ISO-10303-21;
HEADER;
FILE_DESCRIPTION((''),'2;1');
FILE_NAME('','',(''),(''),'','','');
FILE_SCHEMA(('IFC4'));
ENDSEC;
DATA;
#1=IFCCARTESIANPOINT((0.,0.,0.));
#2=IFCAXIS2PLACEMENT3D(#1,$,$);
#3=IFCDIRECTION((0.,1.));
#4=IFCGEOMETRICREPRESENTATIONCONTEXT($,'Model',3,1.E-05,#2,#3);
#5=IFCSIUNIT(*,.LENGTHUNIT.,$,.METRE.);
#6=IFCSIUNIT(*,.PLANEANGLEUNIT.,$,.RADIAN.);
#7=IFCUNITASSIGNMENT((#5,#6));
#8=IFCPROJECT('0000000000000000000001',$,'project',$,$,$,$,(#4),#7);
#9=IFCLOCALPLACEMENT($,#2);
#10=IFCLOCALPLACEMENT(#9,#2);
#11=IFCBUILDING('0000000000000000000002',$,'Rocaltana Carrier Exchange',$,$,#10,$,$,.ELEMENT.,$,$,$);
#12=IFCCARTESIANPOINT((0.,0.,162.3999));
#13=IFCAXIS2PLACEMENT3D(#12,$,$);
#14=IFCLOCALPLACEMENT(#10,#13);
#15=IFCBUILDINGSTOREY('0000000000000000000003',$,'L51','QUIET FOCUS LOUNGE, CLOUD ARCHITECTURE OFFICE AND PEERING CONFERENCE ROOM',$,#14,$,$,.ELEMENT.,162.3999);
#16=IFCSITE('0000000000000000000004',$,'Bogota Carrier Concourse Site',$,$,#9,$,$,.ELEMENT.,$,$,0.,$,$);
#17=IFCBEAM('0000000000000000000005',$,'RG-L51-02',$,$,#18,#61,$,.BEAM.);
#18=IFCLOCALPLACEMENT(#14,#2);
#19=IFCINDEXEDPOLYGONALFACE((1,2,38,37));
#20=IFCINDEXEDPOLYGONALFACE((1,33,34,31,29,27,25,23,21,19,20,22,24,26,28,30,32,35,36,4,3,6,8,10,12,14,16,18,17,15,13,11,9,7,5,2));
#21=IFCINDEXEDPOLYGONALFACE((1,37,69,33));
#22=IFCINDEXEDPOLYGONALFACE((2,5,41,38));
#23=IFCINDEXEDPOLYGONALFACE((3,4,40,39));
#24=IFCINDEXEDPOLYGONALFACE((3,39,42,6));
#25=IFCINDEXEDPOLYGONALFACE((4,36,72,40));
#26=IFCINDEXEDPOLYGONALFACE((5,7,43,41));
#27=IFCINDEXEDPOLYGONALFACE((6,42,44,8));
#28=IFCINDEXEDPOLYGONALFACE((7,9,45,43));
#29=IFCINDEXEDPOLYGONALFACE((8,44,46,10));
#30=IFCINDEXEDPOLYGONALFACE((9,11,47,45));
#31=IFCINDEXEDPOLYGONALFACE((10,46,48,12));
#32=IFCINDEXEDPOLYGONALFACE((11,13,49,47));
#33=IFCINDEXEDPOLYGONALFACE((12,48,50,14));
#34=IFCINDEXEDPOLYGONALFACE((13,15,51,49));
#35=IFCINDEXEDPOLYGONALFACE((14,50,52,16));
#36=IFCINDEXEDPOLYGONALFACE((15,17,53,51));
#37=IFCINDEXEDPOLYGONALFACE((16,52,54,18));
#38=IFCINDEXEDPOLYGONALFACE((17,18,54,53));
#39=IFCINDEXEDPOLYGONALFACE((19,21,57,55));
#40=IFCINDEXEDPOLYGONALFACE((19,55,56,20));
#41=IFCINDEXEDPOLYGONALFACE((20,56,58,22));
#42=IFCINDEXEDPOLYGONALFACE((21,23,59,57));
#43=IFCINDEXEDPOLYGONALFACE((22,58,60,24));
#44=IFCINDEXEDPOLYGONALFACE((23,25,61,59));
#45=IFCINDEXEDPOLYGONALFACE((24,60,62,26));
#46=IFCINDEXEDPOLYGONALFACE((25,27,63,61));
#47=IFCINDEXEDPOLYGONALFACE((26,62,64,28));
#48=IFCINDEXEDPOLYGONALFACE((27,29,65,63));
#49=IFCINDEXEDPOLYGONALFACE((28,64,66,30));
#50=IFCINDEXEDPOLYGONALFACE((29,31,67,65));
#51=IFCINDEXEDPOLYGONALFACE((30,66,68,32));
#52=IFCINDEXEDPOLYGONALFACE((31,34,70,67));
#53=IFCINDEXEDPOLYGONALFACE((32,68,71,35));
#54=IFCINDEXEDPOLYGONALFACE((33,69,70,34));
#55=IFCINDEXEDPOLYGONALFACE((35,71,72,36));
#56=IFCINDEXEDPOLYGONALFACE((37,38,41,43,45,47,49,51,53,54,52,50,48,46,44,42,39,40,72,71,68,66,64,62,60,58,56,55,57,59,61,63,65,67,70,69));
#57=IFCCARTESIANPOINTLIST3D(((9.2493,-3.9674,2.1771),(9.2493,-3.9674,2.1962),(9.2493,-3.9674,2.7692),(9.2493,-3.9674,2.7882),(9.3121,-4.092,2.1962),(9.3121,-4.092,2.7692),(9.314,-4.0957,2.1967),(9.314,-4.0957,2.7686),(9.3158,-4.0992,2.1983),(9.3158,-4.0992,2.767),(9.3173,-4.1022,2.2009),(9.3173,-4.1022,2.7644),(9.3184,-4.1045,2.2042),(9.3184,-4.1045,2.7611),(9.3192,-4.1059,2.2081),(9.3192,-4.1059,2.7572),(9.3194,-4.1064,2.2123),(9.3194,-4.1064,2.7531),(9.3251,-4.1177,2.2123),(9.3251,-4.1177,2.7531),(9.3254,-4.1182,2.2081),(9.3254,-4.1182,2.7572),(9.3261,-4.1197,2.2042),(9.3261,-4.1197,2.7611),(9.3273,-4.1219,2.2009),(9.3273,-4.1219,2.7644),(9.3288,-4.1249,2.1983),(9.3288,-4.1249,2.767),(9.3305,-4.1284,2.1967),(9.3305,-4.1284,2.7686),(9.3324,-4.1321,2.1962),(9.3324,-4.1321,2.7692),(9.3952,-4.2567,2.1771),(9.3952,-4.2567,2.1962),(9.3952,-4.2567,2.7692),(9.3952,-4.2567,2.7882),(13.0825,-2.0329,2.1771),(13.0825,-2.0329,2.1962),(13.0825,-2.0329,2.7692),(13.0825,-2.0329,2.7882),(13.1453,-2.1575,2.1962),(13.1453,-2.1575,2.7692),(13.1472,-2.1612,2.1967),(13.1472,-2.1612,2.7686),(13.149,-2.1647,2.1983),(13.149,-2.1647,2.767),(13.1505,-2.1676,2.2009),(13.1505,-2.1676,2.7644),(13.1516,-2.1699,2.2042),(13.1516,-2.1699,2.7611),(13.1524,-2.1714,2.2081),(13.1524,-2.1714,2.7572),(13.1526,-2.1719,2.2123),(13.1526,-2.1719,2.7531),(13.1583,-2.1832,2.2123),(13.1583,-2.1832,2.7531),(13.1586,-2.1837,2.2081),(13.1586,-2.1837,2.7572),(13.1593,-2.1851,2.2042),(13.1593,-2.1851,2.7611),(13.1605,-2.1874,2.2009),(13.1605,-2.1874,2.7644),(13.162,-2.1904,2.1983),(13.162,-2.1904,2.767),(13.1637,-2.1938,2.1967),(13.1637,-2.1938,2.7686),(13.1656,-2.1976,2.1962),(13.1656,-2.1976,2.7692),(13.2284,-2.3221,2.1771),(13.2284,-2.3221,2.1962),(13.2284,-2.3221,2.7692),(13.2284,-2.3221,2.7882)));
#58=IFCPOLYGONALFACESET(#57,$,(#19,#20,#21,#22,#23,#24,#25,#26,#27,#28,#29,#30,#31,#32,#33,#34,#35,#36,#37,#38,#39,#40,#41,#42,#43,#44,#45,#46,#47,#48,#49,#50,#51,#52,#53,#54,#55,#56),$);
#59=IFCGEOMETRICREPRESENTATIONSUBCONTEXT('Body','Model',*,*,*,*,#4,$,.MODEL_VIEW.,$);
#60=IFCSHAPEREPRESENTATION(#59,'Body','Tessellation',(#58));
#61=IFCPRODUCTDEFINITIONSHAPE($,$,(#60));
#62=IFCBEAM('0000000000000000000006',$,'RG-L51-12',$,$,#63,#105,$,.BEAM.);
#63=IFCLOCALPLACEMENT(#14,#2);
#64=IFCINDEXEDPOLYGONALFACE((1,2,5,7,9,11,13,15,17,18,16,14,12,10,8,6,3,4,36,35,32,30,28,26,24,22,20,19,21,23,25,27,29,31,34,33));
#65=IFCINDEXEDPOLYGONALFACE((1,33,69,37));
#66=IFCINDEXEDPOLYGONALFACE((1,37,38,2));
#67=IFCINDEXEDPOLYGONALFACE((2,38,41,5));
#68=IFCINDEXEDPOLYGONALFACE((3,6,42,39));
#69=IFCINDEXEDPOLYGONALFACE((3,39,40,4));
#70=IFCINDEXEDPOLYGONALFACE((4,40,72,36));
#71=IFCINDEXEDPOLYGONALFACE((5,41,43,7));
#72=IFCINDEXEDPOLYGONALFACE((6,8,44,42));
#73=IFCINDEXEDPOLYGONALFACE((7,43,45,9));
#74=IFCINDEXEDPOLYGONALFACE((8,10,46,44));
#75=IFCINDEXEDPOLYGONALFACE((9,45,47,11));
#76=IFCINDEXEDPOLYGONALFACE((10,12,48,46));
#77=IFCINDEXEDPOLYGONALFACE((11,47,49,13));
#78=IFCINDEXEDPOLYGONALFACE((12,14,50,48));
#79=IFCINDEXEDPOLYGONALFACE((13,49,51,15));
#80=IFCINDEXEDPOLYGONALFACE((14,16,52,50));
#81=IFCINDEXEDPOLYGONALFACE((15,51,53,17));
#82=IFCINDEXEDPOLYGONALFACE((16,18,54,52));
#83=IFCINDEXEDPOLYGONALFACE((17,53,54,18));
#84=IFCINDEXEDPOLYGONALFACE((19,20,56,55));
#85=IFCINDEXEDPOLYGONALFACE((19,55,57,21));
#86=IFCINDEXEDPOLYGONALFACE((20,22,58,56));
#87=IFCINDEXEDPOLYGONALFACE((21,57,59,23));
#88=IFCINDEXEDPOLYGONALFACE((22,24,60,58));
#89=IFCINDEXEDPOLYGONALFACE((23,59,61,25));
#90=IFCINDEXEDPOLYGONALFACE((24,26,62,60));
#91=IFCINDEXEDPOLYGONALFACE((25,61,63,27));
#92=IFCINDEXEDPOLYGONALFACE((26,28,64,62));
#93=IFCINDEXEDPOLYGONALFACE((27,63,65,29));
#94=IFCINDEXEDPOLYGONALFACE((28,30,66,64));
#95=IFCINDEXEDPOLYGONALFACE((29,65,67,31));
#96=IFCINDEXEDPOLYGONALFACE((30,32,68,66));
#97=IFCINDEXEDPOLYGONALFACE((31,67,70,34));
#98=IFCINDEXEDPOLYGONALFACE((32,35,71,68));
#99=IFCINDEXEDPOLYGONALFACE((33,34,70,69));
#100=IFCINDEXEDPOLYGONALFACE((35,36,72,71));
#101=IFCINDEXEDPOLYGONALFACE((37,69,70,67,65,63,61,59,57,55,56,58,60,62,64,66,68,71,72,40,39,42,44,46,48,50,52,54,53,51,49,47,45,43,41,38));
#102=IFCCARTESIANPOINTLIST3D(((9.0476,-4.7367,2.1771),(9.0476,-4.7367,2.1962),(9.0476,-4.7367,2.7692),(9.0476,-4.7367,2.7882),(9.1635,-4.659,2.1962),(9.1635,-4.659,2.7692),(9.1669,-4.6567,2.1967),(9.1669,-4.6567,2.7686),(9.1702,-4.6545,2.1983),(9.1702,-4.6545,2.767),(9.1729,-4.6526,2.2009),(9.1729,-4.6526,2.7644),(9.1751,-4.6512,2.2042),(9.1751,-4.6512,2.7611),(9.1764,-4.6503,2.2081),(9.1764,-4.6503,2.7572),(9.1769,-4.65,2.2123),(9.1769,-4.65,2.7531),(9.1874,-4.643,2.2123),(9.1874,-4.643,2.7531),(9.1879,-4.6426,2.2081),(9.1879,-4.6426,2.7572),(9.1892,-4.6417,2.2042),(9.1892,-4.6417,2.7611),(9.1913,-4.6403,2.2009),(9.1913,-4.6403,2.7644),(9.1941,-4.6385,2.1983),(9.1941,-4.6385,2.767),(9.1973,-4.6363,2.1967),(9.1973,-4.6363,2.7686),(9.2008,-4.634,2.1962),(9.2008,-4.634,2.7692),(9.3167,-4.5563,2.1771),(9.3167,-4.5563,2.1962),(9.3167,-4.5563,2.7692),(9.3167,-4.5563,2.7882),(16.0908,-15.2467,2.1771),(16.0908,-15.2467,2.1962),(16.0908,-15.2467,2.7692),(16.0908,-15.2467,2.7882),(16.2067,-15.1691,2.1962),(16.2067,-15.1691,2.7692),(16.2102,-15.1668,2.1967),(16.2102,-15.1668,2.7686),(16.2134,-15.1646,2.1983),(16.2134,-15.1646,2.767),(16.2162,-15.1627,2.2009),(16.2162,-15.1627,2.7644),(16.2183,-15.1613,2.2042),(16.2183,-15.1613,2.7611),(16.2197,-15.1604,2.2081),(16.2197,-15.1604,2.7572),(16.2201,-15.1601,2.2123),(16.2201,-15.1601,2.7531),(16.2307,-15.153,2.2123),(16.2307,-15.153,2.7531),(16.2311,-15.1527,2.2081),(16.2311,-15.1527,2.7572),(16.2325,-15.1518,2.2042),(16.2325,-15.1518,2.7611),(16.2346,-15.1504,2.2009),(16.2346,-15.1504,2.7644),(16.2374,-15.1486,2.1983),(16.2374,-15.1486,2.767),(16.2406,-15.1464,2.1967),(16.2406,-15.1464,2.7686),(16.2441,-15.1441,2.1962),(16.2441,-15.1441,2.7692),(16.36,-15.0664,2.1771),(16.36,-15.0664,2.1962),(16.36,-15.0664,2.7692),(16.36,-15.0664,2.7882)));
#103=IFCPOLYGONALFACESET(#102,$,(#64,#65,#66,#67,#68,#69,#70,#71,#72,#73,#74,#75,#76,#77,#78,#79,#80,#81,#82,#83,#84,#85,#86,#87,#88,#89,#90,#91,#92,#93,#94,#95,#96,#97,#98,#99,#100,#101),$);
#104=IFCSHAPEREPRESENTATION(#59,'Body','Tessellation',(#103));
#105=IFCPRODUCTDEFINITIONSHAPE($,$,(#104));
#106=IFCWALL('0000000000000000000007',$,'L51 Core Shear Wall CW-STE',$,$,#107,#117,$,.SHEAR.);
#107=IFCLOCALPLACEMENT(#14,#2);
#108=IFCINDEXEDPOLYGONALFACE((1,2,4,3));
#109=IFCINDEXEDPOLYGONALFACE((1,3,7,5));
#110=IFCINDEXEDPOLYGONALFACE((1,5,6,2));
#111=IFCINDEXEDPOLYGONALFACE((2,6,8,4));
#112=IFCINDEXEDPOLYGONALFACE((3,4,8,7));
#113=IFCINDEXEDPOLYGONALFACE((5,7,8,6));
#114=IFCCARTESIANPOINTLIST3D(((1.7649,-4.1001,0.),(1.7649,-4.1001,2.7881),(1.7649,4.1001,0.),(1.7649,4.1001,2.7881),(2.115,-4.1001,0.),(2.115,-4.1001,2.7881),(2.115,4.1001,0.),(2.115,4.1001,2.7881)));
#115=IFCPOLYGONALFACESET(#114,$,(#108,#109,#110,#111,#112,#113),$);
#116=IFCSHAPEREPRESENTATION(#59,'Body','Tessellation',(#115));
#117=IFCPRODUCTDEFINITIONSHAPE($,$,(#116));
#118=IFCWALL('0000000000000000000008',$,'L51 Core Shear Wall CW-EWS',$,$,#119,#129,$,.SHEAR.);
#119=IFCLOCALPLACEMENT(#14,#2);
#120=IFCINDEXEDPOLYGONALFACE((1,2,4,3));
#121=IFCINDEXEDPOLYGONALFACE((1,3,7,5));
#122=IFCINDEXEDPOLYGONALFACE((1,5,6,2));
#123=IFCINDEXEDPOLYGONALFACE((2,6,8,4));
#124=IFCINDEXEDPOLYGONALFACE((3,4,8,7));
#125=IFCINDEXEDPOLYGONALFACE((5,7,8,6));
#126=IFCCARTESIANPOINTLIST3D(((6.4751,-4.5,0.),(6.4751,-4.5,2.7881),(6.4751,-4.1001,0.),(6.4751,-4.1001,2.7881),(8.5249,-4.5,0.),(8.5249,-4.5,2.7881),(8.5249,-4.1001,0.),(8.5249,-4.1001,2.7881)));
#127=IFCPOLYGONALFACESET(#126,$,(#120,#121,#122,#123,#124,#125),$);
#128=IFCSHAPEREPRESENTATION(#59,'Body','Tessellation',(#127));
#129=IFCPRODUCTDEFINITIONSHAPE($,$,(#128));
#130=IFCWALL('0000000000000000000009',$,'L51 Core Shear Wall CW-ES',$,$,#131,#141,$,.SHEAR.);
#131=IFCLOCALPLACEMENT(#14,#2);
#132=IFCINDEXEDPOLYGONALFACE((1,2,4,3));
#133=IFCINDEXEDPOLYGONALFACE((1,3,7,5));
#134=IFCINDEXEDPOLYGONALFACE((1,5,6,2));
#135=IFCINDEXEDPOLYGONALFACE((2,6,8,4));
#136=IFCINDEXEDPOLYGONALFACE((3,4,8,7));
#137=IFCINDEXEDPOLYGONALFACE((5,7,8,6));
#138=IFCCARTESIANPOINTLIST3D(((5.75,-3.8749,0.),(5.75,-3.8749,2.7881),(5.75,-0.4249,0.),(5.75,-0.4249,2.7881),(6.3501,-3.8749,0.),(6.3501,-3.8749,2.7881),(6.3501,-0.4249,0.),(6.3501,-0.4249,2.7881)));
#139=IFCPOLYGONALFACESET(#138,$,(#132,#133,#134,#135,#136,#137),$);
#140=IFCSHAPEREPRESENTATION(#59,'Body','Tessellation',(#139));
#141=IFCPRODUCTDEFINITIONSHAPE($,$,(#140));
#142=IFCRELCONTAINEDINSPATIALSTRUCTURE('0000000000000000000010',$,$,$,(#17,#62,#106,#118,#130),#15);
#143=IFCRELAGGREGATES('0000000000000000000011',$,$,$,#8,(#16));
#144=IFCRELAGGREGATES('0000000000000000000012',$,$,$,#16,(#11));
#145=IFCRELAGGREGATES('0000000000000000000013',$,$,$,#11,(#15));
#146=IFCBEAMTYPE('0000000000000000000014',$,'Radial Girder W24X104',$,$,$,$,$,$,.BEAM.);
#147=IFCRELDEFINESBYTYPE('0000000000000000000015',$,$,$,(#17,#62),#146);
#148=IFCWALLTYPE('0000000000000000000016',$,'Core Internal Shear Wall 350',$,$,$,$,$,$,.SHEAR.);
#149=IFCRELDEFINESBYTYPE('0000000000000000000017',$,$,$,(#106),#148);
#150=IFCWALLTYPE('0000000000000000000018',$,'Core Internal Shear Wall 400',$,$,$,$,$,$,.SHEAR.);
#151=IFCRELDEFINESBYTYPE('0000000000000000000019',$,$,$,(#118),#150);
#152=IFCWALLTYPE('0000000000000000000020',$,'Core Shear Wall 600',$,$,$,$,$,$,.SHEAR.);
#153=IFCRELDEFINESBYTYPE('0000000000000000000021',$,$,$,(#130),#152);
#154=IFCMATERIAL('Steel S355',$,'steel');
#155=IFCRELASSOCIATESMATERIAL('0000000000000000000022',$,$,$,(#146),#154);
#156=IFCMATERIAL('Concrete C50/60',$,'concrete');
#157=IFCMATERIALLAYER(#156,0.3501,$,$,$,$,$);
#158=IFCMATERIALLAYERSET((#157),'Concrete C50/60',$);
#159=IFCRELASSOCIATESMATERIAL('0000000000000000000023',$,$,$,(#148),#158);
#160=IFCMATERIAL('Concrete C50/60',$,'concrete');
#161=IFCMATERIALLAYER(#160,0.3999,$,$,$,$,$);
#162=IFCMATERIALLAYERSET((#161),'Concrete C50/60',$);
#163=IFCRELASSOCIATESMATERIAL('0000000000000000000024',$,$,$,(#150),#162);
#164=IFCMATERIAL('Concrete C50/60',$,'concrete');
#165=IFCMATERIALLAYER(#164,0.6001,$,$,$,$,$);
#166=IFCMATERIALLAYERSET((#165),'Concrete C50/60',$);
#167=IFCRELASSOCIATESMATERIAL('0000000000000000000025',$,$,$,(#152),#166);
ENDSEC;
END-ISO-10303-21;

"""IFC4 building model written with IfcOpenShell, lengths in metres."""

from ifc_helpers import new_model, si_unit, direction, frame, frame_2d, origin, origin_2d, place, context, subcontext, project, spatial, rectangle, i_section, extrude, material, layer, layer_set, material_profile, profile_set, type_object, element, save


model = new_model("IFC4")

# Units and contexts
model_context = context("Model", 3, precision=1e-05, world=origin(), true_north=direction((0.0, 1.0)))
body_context = subcontext(model_context, "Body", "Model", "MODEL_VIEW")
ifc_project = project(units=[si_unit("LENGTHUNIT", "METRE"), si_unit("PLANEANGLEUNIT", "RADIAN")], contexts=[model_context])

# Site, building, storey
site_placement = place(None, origin())
site = spatial("IfcSite", under=ifc_project, at=site_placement, Name="Bogota Carrier Concourse Site", CompositionType="ELEMENT", RefElevation=0.0)
building_placement = place(site_placement, origin())
building = spatial("IfcBuilding", under=site, at=building_placement, Name="Rocaltana Carrier Exchange", CompositionType="ELEMENT")
storey_placement = place(building_placement, frame((0.0, 0.0, 162.3999)))
storey = spatial("IfcBuildingStorey", under=building, at=storey_placement, Name="L51", Description="QUIET FOCUS LOUNGE, CLOUD ARCHITECTURE OFFICE AND PEERING CONFERENCE ROOM", CompositionType="ELEMENT", Elevation=162.3999)

# Beams
ifc_material_1 = material(Name="Steel S355", Category="steel")
ifc_material_profile_1 = material_profile(ifc_material_1, i_section(OverallWidth=0.324, OverallDepth=0.6111, WebThickness=0.0127, FlangeThickness=0.019, FilletRadius=0.0161, at=origin_2d()), Name="W24X104")
ifc_profile_set_1 = profile_set([ifc_material_profile_1], Name="Steel S355")
beam_type = type_object("IfcBeamType", Name="Radial Girder W24X104", PredefinedType="BEAM", material=ifc_profile_set_1)
beam_1_placement = place(storey_placement, frame((9.3223, -4.1121, 2.4827), z_axis=(0.892749, 0.450554, 0.0), x_axis=(-0.450554, 0.892749, 0.0)))
element("IfcBeam", 1, at=beam_1_placement, inside=storey, type_object=beam_type, Name="RG-L51-02", PredefinedType="BEAM", context=body_context, shape_type="SweptSolid", body=[
    extrude(i_section(OverallWidth=0.324, OverallDepth=0.6111, WebThickness=0.0127, FlangeThickness=0.019, FilletRadius=0.0161, at=origin_2d()), origin(), (0.0, 0.0, 1.0), 4.2937),
])
beam_2_placement = place(storey_placement, frame((9.1821, -4.6465, 2.4827), z_axis=(0.556698, -0.830715, 0.0), x_axis=(0.830715, 0.556698, 0.0)))
element("IfcBeam", 2, at=beam_2_placement, inside=storey, type_object=beam_type, Name="RG-L51-12", PredefinedType="BEAM", context=body_context, shape_type="SweptSolid", body=[
    extrude(i_section(OverallWidth=0.324, OverallDepth=0.6111, WebThickness=0.0127, FlangeThickness=0.019, FilletRadius=0.0161, at=origin_2d()), origin(), (0.0, 0.0, 1.0), 12.6519),
])

# Walls
ifc_material_2 = material(Name="Concrete C50/60", Category="concrete")
ifc_layer_1 = layer(ifc_material_2, 0.3501)
ifc_layer_set_1 = layer_set([ifc_layer_1], Name="Concrete C50/60")
wall_type_1 = type_object("IfcWallType", Name="Core Internal Shear Wall 350", PredefinedType="SHEAR", material=ifc_layer_set_1)
wall_1_placement = place(storey_placement, frame((1.9399, -4.1001, 0.0), z_axis=(0.0, 0.0, 1.0), x_axis=(0.0, 1.0, 0.0)))
element("IfcWall", 3, at=wall_1_placement, inside=storey, type_object=wall_type_1, Name="L51 Core Shear Wall CW-STE", PredefinedType="SHEAR", context=body_context, shape_type="SweptSolid", body=[
    extrude(rectangle(XDim=8.2002, YDim=0.3501, at=frame_2d((4.1001, 0.0))), origin(), (0.0, 0.0, 1.0), 2.7881),
])
ifc_material_3 = material(Name="Concrete C50/60", Category="concrete")
ifc_layer_2 = layer(ifc_material_3, 0.3999)
ifc_layer_set_2 = layer_set([ifc_layer_2], Name="Concrete C50/60")
wall_type_2 = type_object("IfcWallType", Name="Core Internal Shear Wall 400", PredefinedType="SHEAR", material=ifc_layer_set_2)
wall_2_placement = place(storey_placement, frame((6.4751, -4.3, 0.0), z_axis=(0.0, 0.0, 1.0), x_axis=(1.0, 0.0, 0.0)))
element("IfcWall", 4, at=wall_2_placement, inside=storey, type_object=wall_type_2, Name="L51 Core Shear Wall CW-EWS", PredefinedType="SHEAR", context=body_context, shape_type="SweptSolid", body=[
    extrude(rectangle(XDim=2.0498, YDim=0.3999, at=frame_2d((1.0249, 0.0))), origin(), (0.0, 0.0, 1.0), 2.7881),
])
ifc_material_4 = material(Name="Concrete C50/60", Category="concrete")
ifc_layer_3 = layer(ifc_material_4, 0.6001)
ifc_layer_set_3 = layer_set([ifc_layer_3], Name="Concrete C50/60")
wall_type_3 = type_object("IfcWallType", Name="Core Shear Wall 600", PredefinedType="SHEAR", material=ifc_layer_set_3)
wall_3_placement = place(storey_placement, frame((6.05, -3.875, 0.0), z_axis=(0.0, 0.0, 1.0), x_axis=(0.0, 1.0, 0.0)))
element("IfcWall", 5, at=wall_3_placement, inside=storey, type_object=wall_type_3, Name="L51 Core Shear Wall CW-ES", PredefinedType="SHEAR", context=body_context, shape_type="SweptSolid", body=[
    extrude(rectangle(XDim=3.45, YDim=0.6001, at=frame_2d((1.7251, 0.0))), origin(), (0.0, 0.0, 1.0), 2.7881),
])

save(model, "model.ifc")
